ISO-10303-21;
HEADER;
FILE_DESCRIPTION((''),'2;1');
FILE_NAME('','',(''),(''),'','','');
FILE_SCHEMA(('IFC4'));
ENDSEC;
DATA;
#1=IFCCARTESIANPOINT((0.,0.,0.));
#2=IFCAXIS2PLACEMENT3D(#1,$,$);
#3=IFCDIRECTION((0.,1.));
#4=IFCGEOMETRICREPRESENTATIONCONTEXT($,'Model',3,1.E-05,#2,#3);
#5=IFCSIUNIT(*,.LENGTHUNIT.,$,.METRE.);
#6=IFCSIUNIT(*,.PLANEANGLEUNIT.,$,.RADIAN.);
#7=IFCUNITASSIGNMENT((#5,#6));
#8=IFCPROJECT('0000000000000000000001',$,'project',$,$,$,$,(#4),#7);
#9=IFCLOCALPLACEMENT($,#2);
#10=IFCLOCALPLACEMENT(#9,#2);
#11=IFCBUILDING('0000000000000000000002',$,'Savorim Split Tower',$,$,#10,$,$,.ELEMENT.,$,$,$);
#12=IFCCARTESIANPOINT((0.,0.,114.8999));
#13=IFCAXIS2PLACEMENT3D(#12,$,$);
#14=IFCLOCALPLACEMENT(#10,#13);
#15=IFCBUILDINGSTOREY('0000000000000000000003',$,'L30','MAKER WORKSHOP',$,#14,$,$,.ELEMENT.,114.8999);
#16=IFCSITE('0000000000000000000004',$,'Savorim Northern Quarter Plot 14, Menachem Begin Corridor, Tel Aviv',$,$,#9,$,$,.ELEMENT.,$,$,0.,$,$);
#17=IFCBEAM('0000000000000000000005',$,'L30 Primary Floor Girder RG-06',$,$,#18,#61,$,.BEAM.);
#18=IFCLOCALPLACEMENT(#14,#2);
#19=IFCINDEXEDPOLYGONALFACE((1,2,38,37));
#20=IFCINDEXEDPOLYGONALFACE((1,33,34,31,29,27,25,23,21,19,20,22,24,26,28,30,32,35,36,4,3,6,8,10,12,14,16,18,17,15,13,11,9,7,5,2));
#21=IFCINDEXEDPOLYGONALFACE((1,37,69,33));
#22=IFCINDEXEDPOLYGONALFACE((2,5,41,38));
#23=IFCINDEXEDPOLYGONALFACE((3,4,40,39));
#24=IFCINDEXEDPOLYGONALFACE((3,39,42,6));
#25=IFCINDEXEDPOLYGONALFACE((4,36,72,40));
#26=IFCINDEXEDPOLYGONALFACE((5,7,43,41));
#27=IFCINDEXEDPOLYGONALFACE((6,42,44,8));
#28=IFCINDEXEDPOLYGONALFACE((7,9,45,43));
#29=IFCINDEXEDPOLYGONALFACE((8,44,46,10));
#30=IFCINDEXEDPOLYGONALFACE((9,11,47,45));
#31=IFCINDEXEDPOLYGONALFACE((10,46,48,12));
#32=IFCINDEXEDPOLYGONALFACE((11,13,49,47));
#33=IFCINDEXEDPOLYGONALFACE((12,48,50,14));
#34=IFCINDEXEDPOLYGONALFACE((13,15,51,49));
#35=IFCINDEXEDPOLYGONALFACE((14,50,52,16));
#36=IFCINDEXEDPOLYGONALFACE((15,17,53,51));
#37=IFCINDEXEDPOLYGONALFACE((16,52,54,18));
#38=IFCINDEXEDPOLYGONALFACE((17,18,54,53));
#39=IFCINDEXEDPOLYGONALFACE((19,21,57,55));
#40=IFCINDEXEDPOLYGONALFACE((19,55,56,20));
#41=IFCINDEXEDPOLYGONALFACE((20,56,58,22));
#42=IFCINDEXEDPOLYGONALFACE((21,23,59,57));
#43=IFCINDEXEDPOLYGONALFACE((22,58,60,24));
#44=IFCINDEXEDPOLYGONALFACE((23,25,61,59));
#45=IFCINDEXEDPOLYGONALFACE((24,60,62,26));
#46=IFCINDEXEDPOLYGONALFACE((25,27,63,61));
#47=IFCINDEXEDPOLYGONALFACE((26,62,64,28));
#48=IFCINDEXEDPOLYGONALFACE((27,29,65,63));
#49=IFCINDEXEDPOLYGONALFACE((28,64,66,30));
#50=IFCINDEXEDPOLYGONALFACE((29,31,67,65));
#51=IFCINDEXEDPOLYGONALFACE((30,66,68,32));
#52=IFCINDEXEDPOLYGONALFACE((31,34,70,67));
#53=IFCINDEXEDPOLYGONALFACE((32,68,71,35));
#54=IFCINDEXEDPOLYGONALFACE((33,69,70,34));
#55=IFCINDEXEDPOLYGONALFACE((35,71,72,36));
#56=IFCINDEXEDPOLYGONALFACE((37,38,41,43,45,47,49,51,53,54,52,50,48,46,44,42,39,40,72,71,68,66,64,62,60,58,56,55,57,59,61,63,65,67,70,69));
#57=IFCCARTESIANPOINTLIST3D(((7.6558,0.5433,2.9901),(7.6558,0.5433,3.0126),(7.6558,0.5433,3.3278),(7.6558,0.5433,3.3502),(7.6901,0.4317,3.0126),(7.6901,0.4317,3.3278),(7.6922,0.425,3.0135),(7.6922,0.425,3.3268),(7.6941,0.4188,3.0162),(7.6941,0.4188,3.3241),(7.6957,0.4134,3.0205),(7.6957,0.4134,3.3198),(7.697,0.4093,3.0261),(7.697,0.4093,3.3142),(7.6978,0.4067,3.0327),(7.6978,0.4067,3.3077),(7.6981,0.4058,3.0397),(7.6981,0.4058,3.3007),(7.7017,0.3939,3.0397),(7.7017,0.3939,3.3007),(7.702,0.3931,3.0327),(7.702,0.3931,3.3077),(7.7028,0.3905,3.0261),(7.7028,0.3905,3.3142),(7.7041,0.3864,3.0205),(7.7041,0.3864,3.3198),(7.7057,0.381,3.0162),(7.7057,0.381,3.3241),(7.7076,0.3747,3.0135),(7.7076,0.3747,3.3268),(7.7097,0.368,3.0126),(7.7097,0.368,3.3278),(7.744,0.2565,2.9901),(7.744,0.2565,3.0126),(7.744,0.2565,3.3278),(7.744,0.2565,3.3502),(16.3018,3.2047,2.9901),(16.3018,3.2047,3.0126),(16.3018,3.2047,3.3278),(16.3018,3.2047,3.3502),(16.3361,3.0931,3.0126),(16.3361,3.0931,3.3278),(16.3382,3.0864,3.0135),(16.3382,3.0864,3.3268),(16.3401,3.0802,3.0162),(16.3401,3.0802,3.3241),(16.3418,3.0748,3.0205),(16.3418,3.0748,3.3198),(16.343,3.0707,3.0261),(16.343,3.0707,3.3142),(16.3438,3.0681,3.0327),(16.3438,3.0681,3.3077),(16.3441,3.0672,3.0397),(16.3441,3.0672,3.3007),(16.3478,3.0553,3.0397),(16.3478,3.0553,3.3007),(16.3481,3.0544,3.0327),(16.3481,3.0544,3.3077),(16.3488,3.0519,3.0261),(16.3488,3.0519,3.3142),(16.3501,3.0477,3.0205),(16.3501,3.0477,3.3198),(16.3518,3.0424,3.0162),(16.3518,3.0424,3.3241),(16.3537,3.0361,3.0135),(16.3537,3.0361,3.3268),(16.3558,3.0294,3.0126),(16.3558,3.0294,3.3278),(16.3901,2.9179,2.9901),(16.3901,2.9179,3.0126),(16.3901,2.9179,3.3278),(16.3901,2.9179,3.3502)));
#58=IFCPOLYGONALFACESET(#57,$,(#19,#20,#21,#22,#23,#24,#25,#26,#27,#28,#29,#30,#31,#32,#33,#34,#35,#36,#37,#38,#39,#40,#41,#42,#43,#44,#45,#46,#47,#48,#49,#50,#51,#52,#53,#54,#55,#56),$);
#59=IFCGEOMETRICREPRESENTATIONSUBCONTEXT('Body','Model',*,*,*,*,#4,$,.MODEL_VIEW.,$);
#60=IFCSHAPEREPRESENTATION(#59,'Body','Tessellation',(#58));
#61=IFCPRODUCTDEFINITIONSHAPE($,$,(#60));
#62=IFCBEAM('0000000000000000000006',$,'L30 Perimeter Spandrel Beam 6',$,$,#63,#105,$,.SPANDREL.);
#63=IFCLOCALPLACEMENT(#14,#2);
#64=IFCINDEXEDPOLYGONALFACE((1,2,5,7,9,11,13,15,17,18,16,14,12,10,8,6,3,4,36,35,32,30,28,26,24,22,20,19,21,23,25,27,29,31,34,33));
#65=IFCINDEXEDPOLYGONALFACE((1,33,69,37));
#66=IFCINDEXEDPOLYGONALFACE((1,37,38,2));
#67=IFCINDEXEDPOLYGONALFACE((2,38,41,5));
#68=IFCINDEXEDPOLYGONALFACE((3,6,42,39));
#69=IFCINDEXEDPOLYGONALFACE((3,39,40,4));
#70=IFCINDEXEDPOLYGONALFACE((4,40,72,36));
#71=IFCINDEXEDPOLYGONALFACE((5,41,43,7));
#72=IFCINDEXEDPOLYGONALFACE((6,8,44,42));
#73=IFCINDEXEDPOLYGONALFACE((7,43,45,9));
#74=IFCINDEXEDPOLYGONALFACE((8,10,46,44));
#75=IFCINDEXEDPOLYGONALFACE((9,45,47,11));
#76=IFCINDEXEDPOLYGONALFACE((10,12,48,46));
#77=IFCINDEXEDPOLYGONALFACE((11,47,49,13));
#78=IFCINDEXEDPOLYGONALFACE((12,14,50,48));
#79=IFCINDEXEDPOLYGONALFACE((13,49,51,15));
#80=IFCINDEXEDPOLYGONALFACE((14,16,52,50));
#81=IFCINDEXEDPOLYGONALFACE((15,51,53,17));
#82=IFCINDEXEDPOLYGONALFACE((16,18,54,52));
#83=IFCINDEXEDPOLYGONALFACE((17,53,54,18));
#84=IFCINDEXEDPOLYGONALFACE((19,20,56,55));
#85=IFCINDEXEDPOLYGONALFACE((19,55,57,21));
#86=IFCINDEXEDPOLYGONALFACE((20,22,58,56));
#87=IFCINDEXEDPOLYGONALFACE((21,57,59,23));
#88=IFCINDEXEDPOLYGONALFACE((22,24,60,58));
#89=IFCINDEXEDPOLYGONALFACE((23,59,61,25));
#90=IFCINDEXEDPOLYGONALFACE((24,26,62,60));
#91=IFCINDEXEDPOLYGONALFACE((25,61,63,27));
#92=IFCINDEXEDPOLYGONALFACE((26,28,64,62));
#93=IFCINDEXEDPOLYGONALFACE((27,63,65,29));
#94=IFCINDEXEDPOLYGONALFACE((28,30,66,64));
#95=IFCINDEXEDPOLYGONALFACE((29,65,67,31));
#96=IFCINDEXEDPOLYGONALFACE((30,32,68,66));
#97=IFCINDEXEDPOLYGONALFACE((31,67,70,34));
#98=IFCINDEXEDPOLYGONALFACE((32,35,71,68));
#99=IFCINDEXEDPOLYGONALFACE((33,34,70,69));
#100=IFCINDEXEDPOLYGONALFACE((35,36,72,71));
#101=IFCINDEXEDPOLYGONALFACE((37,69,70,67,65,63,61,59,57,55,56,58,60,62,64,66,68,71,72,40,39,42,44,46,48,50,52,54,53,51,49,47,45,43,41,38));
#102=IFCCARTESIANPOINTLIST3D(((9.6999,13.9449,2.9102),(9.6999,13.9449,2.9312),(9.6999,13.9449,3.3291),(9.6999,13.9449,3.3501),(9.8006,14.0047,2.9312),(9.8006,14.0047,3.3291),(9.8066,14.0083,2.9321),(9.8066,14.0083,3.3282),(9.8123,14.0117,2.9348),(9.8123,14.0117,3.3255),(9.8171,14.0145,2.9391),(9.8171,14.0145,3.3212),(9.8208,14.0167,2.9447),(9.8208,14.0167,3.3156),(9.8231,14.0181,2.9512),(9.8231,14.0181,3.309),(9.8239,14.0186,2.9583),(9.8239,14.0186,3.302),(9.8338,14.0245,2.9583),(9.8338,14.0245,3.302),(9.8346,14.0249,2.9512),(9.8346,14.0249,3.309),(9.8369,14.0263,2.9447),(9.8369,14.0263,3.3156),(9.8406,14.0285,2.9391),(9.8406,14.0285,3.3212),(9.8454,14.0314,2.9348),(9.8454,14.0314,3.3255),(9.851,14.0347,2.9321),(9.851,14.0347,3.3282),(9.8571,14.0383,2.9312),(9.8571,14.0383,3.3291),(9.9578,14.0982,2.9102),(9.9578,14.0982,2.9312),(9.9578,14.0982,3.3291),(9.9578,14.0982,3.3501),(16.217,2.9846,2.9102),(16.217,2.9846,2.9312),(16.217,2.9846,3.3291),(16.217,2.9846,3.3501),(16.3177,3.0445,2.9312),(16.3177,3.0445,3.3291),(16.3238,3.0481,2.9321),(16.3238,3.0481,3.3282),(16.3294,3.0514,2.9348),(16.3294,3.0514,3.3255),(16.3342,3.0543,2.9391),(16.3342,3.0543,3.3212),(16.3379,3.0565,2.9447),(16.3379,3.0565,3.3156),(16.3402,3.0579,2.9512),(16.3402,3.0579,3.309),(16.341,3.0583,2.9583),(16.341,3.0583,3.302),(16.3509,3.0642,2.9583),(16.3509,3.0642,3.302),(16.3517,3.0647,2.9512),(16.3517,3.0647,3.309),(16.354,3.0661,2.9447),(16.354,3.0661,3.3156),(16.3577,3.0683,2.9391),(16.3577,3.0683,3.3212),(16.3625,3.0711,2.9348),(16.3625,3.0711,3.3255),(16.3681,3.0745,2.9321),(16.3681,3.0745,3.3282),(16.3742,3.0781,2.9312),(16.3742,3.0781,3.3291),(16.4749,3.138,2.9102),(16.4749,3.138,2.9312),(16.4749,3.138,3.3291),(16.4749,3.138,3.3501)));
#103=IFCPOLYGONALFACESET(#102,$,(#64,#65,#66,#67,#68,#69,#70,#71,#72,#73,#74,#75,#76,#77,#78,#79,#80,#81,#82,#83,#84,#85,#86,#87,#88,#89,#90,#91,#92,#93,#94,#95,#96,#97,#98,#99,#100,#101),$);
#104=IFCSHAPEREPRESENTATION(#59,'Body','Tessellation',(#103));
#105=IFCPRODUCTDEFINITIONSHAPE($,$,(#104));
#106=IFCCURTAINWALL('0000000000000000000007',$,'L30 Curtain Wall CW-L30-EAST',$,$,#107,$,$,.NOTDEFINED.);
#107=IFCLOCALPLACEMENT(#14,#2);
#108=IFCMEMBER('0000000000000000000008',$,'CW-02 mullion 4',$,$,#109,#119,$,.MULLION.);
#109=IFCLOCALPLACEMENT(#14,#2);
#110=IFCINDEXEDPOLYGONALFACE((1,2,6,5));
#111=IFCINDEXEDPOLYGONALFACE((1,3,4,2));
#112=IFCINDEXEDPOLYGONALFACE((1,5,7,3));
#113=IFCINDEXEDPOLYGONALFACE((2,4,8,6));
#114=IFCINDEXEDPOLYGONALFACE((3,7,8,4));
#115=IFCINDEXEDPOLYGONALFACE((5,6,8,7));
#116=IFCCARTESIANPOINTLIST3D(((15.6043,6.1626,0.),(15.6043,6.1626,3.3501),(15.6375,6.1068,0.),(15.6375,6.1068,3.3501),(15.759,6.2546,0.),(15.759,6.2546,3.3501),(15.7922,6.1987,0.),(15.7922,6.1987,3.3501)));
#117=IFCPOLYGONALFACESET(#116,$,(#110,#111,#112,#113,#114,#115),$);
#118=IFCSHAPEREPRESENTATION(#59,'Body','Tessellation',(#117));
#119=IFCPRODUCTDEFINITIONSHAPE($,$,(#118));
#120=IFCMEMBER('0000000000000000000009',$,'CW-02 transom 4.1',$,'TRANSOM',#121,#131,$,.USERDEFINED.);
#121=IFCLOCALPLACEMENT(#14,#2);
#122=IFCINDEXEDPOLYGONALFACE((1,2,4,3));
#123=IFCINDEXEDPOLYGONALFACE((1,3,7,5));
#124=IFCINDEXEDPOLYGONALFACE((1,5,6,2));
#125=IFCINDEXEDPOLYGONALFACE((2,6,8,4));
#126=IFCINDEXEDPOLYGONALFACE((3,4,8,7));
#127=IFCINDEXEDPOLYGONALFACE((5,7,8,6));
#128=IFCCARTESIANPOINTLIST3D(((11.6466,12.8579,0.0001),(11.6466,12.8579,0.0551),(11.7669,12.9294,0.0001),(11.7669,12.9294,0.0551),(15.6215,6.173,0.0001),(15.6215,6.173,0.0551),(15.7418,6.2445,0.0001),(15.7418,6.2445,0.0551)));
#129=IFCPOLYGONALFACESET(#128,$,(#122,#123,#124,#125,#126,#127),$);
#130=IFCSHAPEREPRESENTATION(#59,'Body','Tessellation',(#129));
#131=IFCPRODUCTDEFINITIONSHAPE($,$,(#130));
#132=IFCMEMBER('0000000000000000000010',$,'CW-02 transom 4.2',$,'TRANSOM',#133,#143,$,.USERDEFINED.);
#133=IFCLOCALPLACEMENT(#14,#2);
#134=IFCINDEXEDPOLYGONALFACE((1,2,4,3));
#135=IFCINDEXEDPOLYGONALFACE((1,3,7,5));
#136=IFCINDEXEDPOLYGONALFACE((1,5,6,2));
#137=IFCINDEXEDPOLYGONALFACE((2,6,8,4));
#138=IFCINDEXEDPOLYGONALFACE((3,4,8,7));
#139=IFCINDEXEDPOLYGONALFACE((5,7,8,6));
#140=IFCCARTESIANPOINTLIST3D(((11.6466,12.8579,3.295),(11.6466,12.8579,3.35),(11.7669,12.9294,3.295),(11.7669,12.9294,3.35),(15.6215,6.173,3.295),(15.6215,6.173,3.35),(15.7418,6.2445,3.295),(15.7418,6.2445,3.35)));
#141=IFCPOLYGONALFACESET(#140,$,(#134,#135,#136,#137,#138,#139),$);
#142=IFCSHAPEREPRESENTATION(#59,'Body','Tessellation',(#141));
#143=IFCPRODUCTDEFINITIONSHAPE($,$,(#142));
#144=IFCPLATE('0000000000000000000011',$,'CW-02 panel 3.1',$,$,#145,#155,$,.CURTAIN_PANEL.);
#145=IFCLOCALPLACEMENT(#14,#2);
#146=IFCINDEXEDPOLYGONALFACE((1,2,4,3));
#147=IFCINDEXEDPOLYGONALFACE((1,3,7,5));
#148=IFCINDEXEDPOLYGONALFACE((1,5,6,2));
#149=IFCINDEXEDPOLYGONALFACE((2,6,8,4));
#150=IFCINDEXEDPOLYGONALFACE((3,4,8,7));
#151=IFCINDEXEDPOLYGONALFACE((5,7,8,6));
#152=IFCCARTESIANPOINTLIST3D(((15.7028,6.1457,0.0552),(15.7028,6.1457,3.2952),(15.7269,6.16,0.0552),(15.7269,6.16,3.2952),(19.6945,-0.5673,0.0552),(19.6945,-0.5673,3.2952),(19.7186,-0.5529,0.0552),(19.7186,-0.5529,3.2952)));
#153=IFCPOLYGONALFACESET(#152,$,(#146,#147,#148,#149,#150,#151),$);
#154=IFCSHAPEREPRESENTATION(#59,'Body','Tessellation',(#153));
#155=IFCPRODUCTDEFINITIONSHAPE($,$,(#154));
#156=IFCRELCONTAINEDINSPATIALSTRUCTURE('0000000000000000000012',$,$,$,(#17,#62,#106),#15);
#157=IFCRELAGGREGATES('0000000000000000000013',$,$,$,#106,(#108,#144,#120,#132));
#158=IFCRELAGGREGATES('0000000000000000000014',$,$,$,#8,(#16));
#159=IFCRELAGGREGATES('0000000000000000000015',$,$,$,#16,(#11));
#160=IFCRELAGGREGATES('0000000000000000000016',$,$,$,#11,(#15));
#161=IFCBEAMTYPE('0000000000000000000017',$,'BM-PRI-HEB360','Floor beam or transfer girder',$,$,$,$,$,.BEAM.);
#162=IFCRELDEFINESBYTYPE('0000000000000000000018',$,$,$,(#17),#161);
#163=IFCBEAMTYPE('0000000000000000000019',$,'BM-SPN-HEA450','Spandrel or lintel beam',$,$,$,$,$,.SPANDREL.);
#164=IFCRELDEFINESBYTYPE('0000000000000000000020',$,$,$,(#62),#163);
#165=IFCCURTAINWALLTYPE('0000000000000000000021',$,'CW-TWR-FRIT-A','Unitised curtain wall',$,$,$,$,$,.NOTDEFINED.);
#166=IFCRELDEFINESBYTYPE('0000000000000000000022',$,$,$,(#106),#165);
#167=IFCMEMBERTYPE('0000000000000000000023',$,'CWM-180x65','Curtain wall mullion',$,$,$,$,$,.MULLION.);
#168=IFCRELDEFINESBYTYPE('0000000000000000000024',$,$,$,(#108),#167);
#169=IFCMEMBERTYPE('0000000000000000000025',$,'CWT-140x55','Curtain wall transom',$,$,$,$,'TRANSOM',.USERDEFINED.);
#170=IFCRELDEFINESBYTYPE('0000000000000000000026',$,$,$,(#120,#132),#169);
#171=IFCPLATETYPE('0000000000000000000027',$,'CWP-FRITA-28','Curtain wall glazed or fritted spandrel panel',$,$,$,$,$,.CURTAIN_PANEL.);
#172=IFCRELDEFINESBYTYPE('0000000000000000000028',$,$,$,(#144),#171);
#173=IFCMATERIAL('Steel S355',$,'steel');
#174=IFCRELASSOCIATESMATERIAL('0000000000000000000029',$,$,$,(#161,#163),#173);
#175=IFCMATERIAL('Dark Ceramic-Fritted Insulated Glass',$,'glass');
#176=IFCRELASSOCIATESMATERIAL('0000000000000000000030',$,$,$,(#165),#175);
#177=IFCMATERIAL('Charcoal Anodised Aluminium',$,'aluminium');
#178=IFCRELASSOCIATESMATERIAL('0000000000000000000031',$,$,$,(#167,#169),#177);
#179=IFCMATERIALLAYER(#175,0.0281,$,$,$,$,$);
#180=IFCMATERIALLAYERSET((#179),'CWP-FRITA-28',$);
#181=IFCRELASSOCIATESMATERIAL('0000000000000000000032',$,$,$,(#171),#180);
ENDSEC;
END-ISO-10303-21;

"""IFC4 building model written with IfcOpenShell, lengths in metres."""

from ifc_helpers import new_model, si_unit, direction, frame, origin, origin_2d, place, context, subcontext, project, spatial, rectangle, i_section, extrude, material, layer, layer_set, material_profile, profile_set, type_object, element, aggregate, save


model = new_model("IFC4")

# Units and contexts
model_context = context("Model", 3, precision=1e-05, world=origin(), true_north=direction((0.0, 1.0)))
body_context = subcontext(model_context, "Body", "Model", "MODEL_VIEW")
ifc_project = project(units=[si_unit("LENGTHUNIT", "METRE"), si_unit("PLANEANGLEUNIT", "RADIAN")], contexts=[model_context])

# Site, building, storey
site_placement = place(None, origin())
site = spatial("IfcSite", under=ifc_project, at=site_placement, Name="Savorim Northern Quarter Plot 14, Menachem Begin Corridor, Tel Aviv", CompositionType="ELEMENT", RefElevation=0.0)
building_placement = place(site_placement, origin())
building = spatial("IfcBuilding", under=site, at=building_placement, Name="Savorim Split Tower", CompositionType="ELEMENT")
storey_placement = place(building_placement, frame((0.0, 0.0, 114.8999)))
storey = spatial("IfcBuildingStorey", under=building, at=storey_placement, Name="L30", Description="MAKER WORKSHOP", CompositionType="ELEMENT", Elevation=114.8999)

# Beams
ifc_material_1 = material(Name="Steel S355", Category="steel")
ifc_material_profile_1 = material_profile(ifc_material_1, i_section(OverallWidth=0.3, OverallDepth=0.3601, WebThickness=0.0125, FlangeThickness=0.0225, FilletRadius=0.0271, at=origin_2d()), Name="HEB 360")
ifc_profile_set_1 = profile_set([ifc_material_profile_1], Name="Steel S355")
beam_type_1 = type_object("IfcBeamType", Name="BM-PRI-HEB360", Description="Floor beam or transfer girder", PredefinedType="BEAM", material=ifc_profile_set_1)
beam_1_placement = place(storey_placement, frame((16.3459, 3.0613, 3.1702), z_axis=(-0.955746, -0.294194, 0.0), x_axis=(0.294194, -0.955746, 0.0)))
element("IfcBeam", 1, at=beam_1_placement, inside=storey, type_object=beam_type_1, Name="L30 Primary Floor Girder RG-06", PredefinedType="BEAM", context=body_context, shape_type="SweptSolid", body=[
    extrude(i_section(OverallWidth=0.3, OverallDepth=0.3601, WebThickness=0.0125, FlangeThickness=0.0225, FilletRadius=0.0271, at=origin_2d()), origin(), (0.0, 0.0, 1.0), 9.0464),
])
ifc_material_profile_2 = material_profile(ifc_material_1, i_section(OverallWidth=0.3, OverallDepth=0.4399, WebThickness=0.0115, FlangeThickness=0.021, FilletRadius=0.0271, at=origin_2d()), Name="HEA 450")
ifc_profile_set_2 = profile_set([ifc_material_profile_2], Name="Steel S355")
beam_type_2 = type_object("IfcBeamType", Name="BM-SPN-HEA450", Description="Spandrel or lintel beam", PredefinedType="SPANDREL", material=ifc_profile_set_2)
beam_2_placement = place(storey_placement, frame((16.3459, 3.0613, 3.1301), z_axis=(-0.511088, 0.859529, 0.0), x_axis=(-0.859529, -0.511088, 0.0)))
element("IfcBeam", 2, at=beam_2_placement, inside=storey, type_object=beam_type_2, Name="L30 Perimeter Spandrel Beam 6", PredefinedType="SPANDREL", context=body_context, shape_type="SweptSolid", body=[
    extrude(i_section(OverallWidth=0.3, OverallDepth=0.4399, WebThickness=0.0115, FlangeThickness=0.021, FilletRadius=0.0271, at=origin_2d()), origin(), (0.0, 0.0, 1.0), 12.7515),
])

# Curtain wall, members, plate
ifc_material_2 = material(Name="Dark Ceramic-Fritted Insulated Glass", Category="glass")
curtain_wall_type = type_object("IfcCurtainWallType", Name="CW-TWR-FRIT-A", Description="Unitised curtain wall", PredefinedType="NOTDEFINED", material=ifc_material_2)
curtain_wall_placement = place(storey_placement, origin())
curtain_wall = element("IfcCurtainWall", 3, at=curtain_wall_placement, inside=storey, type_object=curtain_wall_type, Name="L30 Curtain Wall CW-L30-EAST", PredefinedType="NOTDEFINED")
ifc_material_3 = material(Name="Charcoal Anodised Aluminium", Category="aluminium")
ifc_material_profile_3 = material_profile(ifc_material_3, rectangle(XDim=0.1799, YDim=0.0649, at=origin_2d()), Name="ALU-M 180x65")
ifc_profile_set_3 = profile_set([ifc_material_profile_3], Name="Charcoal Anodised Aluminium")
member_type_1 = type_object("IfcMemberType", Name="CWM-180x65", Description="Curtain wall mullion", PredefinedType="MULLION", material=ifc_profile_set_3)
member_1_placement = place(storey_placement, frame((15.6982, 6.1807, 0.0), z_axis=(0.0, 0.0, 1.0), x_axis=(-0.859525, -0.511093, 0.0)))
member_1 = element("IfcMember", 4, at=member_1_placement, type_object=member_type_1, Name="CW-02 mullion 4", PredefinedType="MULLION", context=body_context, shape_type="SweptSolid", body=[
    extrude(rectangle(XDim=0.1799, YDim=0.0649, at=origin_2d()), origin(), (0.0, 0.0, 1.0), 3.3501),
])
ifc_material_profile_4 = material_profile(ifc_material_3, rectangle(XDim=0.1399, YDim=0.0549, at=origin_2d()), Name="ALU-T 140x55")
ifc_profile_set_4 = profile_set([ifc_material_profile_4], Name="Charcoal Anodised Aluminium")
member_type_2 = type_object("IfcMemberType", Name="CWT-140x55", Description="Curtain wall transom", ElementType="TRANSOM", PredefinedType="USERDEFINED", material=ifc_profile_set_4)
member_2_placement = place(storey_placement, frame((15.6816, 6.2087, 0.0276), z_axis=(-0.511085, 0.85953, 0.0), x_axis=(-0.85953, -0.511085, 0.0)))
member_2 = element("IfcMember", 5, at=member_2_placement, type_object=member_type_2, Name="CW-02 transom 4.1", ObjectType="TRANSOM", PredefinedType="USERDEFINED", context=body_context, shape_type="SweptSolid", body=[
    extrude(rectangle(XDim=0.1399, YDim=0.0549, at=origin_2d()), origin(), (0.0, 0.0, 1.0), 7.7773),
])
member_3_placement = place(storey_placement, frame((15.6816, 6.2087, 3.3225), z_axis=(-0.511085, 0.85953, 0.0), x_axis=(-0.85953, -0.511085, 0.0)))
member_3 = element("IfcMember", 6, at=member_3_placement, type_object=member_type_2, Name="CW-02 transom 4.2", ObjectType="TRANSOM", PredefinedType="USERDEFINED", context=body_context, shape_type="SweptSolid", body=[
    extrude(rectangle(XDim=0.1399, YDim=0.0549, at=origin_2d()), origin(), (0.0, 0.0, 1.0), 7.7773),
])
ifc_layer_1 = layer(ifc_material_2, 0.0281)
ifc_layer_set_1 = layer_set([ifc_layer_1], Name="CWP-FRITA-28")
plate_type = type_object("IfcPlateType", Name="CWP-FRITA-28", Description="Curtain wall glazed or fritted spandrel panel", PredefinedType="CURTAIN_PANEL", material=ifc_layer_set_1)
plate_placement = place(storey_placement, frame((17.7107, 2.7964, 0.0552), z_axis=(0.0, 0.0, 1.0), x_axis=(-0.511093, 0.859525, 0.0)))
plate = element("IfcPlate", 7, at=plate_placement, type_object=plate_type, Name="CW-02 panel 3.1", PredefinedType="CURTAIN_PANEL", context=body_context, shape_type="SweptSolid", body=[
    extrude(rectangle(XDim=7.8101, YDim=0.0281, at=origin_2d()), origin(), (0.0, 0.0, 1.0), 3.24),
])
aggregate(curtain_wall, [member_1, plate, member_2, member_3])

save(model, "model.ifc")
